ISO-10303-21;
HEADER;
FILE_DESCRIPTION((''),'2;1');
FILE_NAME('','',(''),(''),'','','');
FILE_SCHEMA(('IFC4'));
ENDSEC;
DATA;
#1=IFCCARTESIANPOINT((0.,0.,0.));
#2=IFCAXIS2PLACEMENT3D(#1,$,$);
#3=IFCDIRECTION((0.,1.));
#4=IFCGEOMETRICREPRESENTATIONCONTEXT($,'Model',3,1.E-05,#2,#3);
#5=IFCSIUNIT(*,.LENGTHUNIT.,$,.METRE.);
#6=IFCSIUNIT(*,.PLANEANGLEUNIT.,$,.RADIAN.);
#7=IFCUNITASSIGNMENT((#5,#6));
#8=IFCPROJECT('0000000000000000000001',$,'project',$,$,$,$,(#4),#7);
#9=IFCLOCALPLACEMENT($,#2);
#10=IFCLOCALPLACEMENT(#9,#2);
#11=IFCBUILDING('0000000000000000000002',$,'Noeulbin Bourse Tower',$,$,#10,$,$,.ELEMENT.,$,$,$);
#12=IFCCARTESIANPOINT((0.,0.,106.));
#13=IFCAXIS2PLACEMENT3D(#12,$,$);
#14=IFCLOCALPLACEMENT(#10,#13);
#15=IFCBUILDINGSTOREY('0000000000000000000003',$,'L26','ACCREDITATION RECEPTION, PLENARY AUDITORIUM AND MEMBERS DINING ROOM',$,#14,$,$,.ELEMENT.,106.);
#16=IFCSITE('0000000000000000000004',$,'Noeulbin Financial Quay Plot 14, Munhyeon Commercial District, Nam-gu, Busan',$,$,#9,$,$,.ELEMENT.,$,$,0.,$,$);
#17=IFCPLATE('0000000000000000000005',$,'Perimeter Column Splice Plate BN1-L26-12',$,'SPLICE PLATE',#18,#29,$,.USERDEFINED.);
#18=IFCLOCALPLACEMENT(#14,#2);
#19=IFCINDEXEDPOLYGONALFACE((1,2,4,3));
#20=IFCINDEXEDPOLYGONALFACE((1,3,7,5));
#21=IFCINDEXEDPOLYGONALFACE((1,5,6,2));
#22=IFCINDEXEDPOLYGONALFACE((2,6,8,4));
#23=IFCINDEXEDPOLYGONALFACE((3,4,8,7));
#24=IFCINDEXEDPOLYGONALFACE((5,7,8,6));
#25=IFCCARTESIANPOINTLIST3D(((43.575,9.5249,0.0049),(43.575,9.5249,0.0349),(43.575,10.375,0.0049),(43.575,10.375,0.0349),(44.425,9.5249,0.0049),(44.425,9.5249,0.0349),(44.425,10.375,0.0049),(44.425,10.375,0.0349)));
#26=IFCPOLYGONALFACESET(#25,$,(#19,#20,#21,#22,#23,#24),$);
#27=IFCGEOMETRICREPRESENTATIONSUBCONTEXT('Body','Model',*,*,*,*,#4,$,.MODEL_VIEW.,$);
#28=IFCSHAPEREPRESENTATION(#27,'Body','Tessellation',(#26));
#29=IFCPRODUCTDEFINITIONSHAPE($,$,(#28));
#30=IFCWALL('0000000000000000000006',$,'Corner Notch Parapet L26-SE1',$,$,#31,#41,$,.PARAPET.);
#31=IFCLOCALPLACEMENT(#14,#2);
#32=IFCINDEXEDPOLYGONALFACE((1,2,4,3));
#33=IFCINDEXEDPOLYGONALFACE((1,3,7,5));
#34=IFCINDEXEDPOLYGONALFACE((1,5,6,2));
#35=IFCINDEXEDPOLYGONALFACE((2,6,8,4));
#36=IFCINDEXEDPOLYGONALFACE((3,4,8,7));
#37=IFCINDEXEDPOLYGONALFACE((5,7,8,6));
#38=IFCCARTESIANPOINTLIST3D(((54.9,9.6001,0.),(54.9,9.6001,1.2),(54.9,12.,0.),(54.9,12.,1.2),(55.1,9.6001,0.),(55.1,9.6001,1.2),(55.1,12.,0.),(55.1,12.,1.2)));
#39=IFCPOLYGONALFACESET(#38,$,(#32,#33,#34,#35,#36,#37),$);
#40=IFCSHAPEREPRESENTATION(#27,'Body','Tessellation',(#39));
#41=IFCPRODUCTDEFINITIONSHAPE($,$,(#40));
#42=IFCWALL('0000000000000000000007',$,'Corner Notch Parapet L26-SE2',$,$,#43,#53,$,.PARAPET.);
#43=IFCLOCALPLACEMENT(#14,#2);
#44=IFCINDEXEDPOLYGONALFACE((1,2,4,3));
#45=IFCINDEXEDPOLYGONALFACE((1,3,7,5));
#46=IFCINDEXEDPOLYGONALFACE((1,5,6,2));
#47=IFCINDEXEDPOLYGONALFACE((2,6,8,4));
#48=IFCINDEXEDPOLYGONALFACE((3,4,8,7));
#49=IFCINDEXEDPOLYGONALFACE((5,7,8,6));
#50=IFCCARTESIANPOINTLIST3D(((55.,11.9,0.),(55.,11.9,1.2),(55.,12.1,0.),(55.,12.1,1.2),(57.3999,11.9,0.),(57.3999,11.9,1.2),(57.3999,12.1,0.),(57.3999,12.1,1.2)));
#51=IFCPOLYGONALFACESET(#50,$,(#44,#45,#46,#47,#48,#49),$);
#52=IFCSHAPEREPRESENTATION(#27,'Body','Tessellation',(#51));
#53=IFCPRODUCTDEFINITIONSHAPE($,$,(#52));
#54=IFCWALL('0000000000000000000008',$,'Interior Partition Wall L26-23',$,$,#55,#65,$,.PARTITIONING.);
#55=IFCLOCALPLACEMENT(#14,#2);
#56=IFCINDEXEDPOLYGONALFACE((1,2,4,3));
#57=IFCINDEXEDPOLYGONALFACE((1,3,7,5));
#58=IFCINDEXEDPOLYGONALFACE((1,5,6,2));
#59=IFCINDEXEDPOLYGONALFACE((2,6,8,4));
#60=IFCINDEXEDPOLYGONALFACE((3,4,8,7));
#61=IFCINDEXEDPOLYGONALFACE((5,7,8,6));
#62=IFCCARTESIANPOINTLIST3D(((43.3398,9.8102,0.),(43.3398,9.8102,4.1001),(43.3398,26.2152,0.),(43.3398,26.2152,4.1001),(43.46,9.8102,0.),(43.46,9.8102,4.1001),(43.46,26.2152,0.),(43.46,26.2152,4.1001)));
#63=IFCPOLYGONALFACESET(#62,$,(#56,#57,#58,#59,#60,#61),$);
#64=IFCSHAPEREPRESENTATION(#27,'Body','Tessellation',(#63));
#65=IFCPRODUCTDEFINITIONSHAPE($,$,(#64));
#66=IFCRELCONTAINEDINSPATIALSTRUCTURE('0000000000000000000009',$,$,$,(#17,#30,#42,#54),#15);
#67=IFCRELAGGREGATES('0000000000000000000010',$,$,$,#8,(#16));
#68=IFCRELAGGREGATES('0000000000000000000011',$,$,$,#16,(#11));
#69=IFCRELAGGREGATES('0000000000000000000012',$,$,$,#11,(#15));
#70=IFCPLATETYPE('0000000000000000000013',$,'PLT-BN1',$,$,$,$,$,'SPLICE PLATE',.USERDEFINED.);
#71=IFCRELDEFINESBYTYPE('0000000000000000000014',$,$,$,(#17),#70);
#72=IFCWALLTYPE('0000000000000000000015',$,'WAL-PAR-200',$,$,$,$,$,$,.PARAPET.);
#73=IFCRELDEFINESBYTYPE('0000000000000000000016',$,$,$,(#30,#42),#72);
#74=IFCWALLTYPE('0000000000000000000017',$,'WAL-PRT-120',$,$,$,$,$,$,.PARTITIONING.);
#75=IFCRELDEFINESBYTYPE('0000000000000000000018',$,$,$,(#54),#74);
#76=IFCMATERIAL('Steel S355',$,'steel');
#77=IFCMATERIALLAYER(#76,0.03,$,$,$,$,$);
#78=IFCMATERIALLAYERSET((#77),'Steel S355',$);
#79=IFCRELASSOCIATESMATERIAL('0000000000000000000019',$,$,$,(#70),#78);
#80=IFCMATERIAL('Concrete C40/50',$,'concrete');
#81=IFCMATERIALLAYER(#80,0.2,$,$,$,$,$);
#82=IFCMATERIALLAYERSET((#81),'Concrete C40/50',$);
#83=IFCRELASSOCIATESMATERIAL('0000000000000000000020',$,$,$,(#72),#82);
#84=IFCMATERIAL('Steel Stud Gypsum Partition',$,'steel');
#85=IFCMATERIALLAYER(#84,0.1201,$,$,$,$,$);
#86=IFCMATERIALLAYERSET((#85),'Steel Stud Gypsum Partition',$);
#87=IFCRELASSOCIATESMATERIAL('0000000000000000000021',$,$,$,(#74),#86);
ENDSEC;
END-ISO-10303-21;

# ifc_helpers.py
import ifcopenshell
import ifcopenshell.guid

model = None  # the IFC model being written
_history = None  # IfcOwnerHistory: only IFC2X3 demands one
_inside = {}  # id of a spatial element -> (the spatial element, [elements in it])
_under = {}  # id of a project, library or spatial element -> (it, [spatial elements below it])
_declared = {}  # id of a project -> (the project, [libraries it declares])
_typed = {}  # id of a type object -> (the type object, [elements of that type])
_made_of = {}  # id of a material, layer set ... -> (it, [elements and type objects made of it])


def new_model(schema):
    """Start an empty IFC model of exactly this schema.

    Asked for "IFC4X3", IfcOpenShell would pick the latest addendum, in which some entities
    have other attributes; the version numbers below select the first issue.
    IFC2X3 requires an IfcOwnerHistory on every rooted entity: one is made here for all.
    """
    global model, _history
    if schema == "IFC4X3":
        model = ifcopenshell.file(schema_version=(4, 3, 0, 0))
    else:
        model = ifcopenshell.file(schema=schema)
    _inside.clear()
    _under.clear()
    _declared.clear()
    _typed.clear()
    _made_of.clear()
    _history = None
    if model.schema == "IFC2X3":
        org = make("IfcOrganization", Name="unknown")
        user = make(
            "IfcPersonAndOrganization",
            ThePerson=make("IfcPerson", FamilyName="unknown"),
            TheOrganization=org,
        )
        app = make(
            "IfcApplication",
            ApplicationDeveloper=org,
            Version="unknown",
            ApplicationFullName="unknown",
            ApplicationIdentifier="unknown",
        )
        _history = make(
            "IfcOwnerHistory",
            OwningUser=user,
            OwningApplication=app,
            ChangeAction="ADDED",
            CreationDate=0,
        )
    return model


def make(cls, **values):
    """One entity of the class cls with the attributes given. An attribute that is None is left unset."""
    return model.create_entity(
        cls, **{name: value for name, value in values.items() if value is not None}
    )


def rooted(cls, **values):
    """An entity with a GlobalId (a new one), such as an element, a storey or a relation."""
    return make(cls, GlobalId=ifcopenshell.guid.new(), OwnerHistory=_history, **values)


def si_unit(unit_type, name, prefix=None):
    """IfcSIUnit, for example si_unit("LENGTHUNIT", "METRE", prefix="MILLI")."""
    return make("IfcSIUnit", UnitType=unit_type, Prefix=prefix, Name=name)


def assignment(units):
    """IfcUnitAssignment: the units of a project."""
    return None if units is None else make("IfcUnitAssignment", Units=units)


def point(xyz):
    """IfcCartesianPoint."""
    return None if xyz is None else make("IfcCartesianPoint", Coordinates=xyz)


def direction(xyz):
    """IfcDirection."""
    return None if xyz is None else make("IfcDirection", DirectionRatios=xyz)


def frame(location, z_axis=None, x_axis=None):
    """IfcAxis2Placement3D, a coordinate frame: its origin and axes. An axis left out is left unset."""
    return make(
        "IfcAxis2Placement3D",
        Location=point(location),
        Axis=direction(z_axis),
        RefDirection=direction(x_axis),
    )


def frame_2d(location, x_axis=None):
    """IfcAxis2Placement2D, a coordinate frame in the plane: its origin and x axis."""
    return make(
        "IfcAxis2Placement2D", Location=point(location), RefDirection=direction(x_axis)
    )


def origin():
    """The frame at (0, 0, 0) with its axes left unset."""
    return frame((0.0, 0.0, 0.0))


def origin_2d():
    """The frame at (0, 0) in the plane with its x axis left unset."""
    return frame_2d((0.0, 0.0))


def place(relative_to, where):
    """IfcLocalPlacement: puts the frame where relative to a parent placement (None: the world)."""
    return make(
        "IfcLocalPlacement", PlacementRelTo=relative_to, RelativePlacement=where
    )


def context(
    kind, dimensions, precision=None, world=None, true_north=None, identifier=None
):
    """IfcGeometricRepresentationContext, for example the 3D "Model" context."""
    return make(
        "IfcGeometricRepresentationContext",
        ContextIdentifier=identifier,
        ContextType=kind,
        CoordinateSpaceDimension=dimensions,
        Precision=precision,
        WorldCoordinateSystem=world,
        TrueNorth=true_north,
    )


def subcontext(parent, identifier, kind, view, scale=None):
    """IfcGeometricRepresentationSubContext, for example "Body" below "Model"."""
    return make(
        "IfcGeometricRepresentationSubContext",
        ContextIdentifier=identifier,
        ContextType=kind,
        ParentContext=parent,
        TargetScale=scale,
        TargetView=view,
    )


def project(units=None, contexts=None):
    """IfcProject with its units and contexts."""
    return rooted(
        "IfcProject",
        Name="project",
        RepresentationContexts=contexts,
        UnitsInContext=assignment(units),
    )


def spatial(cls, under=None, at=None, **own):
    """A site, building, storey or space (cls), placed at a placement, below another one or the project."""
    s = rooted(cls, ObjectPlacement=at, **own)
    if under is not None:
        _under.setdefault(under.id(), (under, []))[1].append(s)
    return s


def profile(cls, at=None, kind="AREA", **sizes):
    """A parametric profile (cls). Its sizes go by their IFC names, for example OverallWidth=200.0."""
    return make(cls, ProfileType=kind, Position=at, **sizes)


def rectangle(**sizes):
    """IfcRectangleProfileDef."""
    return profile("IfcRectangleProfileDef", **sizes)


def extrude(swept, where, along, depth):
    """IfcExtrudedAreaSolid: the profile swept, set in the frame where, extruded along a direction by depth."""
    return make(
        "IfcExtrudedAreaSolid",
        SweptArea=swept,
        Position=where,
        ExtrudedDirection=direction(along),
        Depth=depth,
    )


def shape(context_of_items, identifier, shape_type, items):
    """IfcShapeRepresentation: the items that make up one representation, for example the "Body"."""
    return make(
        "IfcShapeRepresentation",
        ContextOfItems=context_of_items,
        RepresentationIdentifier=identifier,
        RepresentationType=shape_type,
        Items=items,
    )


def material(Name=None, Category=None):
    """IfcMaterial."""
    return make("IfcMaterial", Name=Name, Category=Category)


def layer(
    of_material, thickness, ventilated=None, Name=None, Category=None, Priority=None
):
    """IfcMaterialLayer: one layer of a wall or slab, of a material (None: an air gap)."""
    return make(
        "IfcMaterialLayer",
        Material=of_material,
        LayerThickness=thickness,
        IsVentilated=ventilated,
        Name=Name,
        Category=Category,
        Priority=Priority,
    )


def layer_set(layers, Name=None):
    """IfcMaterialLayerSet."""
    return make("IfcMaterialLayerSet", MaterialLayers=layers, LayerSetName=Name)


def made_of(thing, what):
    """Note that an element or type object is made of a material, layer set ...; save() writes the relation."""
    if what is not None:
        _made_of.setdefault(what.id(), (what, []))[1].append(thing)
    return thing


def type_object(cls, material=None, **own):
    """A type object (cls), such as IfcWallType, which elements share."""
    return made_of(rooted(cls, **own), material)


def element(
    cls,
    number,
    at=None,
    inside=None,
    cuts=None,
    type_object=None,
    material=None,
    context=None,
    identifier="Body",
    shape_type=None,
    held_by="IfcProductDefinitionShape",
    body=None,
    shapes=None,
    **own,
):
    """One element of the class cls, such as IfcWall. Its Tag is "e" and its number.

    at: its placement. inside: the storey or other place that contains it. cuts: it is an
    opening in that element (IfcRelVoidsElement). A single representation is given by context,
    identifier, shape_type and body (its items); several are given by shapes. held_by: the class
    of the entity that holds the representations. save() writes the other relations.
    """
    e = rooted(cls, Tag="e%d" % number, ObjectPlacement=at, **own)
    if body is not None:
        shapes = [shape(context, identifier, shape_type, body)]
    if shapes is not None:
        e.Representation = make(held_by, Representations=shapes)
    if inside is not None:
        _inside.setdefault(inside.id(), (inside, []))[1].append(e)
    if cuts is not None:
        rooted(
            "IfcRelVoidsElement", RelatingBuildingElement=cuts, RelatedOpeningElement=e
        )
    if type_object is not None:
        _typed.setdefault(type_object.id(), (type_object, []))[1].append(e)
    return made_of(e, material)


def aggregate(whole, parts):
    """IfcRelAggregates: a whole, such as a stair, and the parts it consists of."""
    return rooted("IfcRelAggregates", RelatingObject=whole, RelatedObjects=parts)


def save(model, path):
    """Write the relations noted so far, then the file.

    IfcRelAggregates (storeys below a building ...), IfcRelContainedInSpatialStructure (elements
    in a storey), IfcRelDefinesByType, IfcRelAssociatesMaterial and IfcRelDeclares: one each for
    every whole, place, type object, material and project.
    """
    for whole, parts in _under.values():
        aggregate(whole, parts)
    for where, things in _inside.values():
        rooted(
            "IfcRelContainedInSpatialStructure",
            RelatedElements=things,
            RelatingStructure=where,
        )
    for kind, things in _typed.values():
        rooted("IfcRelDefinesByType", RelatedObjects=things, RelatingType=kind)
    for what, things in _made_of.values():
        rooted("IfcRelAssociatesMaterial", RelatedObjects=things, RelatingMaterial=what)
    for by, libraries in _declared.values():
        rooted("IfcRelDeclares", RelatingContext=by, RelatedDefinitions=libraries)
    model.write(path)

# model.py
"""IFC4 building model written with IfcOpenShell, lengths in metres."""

from ifc_helpers import new_model, si_unit, direction, frame, frame_2d, origin, origin_2d, place, context, subcontext, project, spatial, rectangle, extrude, material, layer, layer_set, type_object, element, save


model = new_model("IFC4")

# Units and contexts
model_context = context("Model", 3, precision=1e-05, world=origin(), true_north=direction((0.0, 1.0)))
body_context = subcontext(model_context, "Body", "Model", "MODEL_VIEW")
ifc_project = project(units=[si_unit("LENGTHUNIT", "METRE"), si_unit("PLANEANGLEUNIT", "RADIAN")], contexts=[model_context])

# Site, building, storey
site_placement = place(None, origin())
site = spatial("IfcSite", under=ifc_project, at=site_placement, Name="Noeulbin Financial Quay Plot 14, Munhyeon Commercial District, Nam-gu, Busan", CompositionType="ELEMENT", RefElevation=0.0)
building_placement = place(site_placement, origin())
building = spatial("IfcBuilding", under=site, at=building_placement, Name="Noeulbin Bourse Tower", CompositionType="ELEMENT")
storey_placement = place(building_placement, frame((0.0, 0.0, 106.0)))
storey = spatial("IfcBuildingStorey", under=building, at=storey_placement, Name="L26", Description="ACCREDITATION RECEPTION, PLENARY AUDITORIUM AND MEMBERS DINING ROOM", CompositionType="ELEMENT", Elevation=106.0)

# Shared definitions
ifc_material_1 = material(Name="Steel S355", Category="steel")

# Plate
ifc_layer_1 = layer(ifc_material_1, 0.03)
ifc_layer_set_1 = layer_set([ifc_layer_1], Name="Steel S355")
plate_type_1 = type_object("IfcPlateType", Name="PLT-BN1", ElementType="SPLICE PLATE", PredefinedType="USERDEFINED", material=ifc_layer_set_1)
plate_1_placement = place(storey_placement, frame((44.0, 9.95, 0.0049), z_axis=(0.0, 0.0, 1.0), x_axis=(1.0, 0.0, 0.0)))
element("IfcPlate", 1, at=plate_1_placement, inside=storey, type_object=plate_type_1, Name="Perimeter Column Splice Plate BN1-L26-12", ObjectType="SPLICE PLATE", PredefinedType="USERDEFINED", context=body_context, shape_type="SweptSolid", body=[
    extrude(rectangle(XDim=0.8501, YDim=0.8501, at=origin_2d()), origin(), (0.0, 0.0, 1.0), 0.03),
])

# Walls
ifc_material_2 = material(Name="Concrete C40/50", Category="concrete")
ifc_layer_2 = layer(ifc_material_2, 0.2)
ifc_layer_set_2 = layer_set([ifc_layer_2], Name="Concrete C40/50")
wall_type_1 = type_object("IfcWallType", Name="WAL-PAR-200", PredefinedType="PARAPET", material=ifc_layer_set_2)
for number, where, z_axis, x_axis, name in (
    (2, (55.0, 9.6001, 0.0), (0.0, 0.0, 1.0), (0.0, 1.0, 0.0), "Corner Notch Parapet L26-SE1"),
    (3, (55.0, 12.0, 0.0), (0.0, 0.0, 1.0), (1.0, 0.0, 0.0), "Corner Notch Parapet L26-SE2"),
):
    element("IfcWall", number, at=place(storey_placement, frame(where, z_axis=z_axis, x_axis=x_axis)), inside=storey, type_object=wall_type_1, Name=name, PredefinedType="PARAPET", context=body_context, shape_type="SweptSolid", body=[
        extrude(rectangle(XDim=2.3999, YDim=0.2, at=frame_2d((1.2, 0.0))), origin(), (0.0, 0.0, 1.0), 1.2),
    ])
ifc_material_3 = material(Name="Steel Stud Gypsum Partition", Category="steel")
ifc_layer_3 = layer(ifc_material_3, 0.1201)
ifc_layer_set_3 = layer_set([ifc_layer_3], Name="Steel Stud Gypsum Partition")
wall_type_2 = type_object("IfcWallType", Name="WAL-PRT-120", PredefinedType="PARTITIONING", material=ifc_layer_set_3)
wall_placement = place(storey_placement, frame((43.3999, 9.8101, 0.0), z_axis=(0.0, 0.0, 1.0), x_axis=(0.0, 1.0, 0.0)))
element("IfcWall", 4, at=wall_placement, inside=storey, type_object=wall_type_2, Name="Interior Partition Wall L26-23", PredefinedType="PARTITIONING", context=body_context, shape_type="SweptSolid", body=[
    extrude(rectangle(XDim=16.405, YDim=0.1201, at=frame_2d((8.2026, 0.0))), origin(), (0.0, 0.0, 1.0), 4.1001),
])

save(model, "model.ifc")
